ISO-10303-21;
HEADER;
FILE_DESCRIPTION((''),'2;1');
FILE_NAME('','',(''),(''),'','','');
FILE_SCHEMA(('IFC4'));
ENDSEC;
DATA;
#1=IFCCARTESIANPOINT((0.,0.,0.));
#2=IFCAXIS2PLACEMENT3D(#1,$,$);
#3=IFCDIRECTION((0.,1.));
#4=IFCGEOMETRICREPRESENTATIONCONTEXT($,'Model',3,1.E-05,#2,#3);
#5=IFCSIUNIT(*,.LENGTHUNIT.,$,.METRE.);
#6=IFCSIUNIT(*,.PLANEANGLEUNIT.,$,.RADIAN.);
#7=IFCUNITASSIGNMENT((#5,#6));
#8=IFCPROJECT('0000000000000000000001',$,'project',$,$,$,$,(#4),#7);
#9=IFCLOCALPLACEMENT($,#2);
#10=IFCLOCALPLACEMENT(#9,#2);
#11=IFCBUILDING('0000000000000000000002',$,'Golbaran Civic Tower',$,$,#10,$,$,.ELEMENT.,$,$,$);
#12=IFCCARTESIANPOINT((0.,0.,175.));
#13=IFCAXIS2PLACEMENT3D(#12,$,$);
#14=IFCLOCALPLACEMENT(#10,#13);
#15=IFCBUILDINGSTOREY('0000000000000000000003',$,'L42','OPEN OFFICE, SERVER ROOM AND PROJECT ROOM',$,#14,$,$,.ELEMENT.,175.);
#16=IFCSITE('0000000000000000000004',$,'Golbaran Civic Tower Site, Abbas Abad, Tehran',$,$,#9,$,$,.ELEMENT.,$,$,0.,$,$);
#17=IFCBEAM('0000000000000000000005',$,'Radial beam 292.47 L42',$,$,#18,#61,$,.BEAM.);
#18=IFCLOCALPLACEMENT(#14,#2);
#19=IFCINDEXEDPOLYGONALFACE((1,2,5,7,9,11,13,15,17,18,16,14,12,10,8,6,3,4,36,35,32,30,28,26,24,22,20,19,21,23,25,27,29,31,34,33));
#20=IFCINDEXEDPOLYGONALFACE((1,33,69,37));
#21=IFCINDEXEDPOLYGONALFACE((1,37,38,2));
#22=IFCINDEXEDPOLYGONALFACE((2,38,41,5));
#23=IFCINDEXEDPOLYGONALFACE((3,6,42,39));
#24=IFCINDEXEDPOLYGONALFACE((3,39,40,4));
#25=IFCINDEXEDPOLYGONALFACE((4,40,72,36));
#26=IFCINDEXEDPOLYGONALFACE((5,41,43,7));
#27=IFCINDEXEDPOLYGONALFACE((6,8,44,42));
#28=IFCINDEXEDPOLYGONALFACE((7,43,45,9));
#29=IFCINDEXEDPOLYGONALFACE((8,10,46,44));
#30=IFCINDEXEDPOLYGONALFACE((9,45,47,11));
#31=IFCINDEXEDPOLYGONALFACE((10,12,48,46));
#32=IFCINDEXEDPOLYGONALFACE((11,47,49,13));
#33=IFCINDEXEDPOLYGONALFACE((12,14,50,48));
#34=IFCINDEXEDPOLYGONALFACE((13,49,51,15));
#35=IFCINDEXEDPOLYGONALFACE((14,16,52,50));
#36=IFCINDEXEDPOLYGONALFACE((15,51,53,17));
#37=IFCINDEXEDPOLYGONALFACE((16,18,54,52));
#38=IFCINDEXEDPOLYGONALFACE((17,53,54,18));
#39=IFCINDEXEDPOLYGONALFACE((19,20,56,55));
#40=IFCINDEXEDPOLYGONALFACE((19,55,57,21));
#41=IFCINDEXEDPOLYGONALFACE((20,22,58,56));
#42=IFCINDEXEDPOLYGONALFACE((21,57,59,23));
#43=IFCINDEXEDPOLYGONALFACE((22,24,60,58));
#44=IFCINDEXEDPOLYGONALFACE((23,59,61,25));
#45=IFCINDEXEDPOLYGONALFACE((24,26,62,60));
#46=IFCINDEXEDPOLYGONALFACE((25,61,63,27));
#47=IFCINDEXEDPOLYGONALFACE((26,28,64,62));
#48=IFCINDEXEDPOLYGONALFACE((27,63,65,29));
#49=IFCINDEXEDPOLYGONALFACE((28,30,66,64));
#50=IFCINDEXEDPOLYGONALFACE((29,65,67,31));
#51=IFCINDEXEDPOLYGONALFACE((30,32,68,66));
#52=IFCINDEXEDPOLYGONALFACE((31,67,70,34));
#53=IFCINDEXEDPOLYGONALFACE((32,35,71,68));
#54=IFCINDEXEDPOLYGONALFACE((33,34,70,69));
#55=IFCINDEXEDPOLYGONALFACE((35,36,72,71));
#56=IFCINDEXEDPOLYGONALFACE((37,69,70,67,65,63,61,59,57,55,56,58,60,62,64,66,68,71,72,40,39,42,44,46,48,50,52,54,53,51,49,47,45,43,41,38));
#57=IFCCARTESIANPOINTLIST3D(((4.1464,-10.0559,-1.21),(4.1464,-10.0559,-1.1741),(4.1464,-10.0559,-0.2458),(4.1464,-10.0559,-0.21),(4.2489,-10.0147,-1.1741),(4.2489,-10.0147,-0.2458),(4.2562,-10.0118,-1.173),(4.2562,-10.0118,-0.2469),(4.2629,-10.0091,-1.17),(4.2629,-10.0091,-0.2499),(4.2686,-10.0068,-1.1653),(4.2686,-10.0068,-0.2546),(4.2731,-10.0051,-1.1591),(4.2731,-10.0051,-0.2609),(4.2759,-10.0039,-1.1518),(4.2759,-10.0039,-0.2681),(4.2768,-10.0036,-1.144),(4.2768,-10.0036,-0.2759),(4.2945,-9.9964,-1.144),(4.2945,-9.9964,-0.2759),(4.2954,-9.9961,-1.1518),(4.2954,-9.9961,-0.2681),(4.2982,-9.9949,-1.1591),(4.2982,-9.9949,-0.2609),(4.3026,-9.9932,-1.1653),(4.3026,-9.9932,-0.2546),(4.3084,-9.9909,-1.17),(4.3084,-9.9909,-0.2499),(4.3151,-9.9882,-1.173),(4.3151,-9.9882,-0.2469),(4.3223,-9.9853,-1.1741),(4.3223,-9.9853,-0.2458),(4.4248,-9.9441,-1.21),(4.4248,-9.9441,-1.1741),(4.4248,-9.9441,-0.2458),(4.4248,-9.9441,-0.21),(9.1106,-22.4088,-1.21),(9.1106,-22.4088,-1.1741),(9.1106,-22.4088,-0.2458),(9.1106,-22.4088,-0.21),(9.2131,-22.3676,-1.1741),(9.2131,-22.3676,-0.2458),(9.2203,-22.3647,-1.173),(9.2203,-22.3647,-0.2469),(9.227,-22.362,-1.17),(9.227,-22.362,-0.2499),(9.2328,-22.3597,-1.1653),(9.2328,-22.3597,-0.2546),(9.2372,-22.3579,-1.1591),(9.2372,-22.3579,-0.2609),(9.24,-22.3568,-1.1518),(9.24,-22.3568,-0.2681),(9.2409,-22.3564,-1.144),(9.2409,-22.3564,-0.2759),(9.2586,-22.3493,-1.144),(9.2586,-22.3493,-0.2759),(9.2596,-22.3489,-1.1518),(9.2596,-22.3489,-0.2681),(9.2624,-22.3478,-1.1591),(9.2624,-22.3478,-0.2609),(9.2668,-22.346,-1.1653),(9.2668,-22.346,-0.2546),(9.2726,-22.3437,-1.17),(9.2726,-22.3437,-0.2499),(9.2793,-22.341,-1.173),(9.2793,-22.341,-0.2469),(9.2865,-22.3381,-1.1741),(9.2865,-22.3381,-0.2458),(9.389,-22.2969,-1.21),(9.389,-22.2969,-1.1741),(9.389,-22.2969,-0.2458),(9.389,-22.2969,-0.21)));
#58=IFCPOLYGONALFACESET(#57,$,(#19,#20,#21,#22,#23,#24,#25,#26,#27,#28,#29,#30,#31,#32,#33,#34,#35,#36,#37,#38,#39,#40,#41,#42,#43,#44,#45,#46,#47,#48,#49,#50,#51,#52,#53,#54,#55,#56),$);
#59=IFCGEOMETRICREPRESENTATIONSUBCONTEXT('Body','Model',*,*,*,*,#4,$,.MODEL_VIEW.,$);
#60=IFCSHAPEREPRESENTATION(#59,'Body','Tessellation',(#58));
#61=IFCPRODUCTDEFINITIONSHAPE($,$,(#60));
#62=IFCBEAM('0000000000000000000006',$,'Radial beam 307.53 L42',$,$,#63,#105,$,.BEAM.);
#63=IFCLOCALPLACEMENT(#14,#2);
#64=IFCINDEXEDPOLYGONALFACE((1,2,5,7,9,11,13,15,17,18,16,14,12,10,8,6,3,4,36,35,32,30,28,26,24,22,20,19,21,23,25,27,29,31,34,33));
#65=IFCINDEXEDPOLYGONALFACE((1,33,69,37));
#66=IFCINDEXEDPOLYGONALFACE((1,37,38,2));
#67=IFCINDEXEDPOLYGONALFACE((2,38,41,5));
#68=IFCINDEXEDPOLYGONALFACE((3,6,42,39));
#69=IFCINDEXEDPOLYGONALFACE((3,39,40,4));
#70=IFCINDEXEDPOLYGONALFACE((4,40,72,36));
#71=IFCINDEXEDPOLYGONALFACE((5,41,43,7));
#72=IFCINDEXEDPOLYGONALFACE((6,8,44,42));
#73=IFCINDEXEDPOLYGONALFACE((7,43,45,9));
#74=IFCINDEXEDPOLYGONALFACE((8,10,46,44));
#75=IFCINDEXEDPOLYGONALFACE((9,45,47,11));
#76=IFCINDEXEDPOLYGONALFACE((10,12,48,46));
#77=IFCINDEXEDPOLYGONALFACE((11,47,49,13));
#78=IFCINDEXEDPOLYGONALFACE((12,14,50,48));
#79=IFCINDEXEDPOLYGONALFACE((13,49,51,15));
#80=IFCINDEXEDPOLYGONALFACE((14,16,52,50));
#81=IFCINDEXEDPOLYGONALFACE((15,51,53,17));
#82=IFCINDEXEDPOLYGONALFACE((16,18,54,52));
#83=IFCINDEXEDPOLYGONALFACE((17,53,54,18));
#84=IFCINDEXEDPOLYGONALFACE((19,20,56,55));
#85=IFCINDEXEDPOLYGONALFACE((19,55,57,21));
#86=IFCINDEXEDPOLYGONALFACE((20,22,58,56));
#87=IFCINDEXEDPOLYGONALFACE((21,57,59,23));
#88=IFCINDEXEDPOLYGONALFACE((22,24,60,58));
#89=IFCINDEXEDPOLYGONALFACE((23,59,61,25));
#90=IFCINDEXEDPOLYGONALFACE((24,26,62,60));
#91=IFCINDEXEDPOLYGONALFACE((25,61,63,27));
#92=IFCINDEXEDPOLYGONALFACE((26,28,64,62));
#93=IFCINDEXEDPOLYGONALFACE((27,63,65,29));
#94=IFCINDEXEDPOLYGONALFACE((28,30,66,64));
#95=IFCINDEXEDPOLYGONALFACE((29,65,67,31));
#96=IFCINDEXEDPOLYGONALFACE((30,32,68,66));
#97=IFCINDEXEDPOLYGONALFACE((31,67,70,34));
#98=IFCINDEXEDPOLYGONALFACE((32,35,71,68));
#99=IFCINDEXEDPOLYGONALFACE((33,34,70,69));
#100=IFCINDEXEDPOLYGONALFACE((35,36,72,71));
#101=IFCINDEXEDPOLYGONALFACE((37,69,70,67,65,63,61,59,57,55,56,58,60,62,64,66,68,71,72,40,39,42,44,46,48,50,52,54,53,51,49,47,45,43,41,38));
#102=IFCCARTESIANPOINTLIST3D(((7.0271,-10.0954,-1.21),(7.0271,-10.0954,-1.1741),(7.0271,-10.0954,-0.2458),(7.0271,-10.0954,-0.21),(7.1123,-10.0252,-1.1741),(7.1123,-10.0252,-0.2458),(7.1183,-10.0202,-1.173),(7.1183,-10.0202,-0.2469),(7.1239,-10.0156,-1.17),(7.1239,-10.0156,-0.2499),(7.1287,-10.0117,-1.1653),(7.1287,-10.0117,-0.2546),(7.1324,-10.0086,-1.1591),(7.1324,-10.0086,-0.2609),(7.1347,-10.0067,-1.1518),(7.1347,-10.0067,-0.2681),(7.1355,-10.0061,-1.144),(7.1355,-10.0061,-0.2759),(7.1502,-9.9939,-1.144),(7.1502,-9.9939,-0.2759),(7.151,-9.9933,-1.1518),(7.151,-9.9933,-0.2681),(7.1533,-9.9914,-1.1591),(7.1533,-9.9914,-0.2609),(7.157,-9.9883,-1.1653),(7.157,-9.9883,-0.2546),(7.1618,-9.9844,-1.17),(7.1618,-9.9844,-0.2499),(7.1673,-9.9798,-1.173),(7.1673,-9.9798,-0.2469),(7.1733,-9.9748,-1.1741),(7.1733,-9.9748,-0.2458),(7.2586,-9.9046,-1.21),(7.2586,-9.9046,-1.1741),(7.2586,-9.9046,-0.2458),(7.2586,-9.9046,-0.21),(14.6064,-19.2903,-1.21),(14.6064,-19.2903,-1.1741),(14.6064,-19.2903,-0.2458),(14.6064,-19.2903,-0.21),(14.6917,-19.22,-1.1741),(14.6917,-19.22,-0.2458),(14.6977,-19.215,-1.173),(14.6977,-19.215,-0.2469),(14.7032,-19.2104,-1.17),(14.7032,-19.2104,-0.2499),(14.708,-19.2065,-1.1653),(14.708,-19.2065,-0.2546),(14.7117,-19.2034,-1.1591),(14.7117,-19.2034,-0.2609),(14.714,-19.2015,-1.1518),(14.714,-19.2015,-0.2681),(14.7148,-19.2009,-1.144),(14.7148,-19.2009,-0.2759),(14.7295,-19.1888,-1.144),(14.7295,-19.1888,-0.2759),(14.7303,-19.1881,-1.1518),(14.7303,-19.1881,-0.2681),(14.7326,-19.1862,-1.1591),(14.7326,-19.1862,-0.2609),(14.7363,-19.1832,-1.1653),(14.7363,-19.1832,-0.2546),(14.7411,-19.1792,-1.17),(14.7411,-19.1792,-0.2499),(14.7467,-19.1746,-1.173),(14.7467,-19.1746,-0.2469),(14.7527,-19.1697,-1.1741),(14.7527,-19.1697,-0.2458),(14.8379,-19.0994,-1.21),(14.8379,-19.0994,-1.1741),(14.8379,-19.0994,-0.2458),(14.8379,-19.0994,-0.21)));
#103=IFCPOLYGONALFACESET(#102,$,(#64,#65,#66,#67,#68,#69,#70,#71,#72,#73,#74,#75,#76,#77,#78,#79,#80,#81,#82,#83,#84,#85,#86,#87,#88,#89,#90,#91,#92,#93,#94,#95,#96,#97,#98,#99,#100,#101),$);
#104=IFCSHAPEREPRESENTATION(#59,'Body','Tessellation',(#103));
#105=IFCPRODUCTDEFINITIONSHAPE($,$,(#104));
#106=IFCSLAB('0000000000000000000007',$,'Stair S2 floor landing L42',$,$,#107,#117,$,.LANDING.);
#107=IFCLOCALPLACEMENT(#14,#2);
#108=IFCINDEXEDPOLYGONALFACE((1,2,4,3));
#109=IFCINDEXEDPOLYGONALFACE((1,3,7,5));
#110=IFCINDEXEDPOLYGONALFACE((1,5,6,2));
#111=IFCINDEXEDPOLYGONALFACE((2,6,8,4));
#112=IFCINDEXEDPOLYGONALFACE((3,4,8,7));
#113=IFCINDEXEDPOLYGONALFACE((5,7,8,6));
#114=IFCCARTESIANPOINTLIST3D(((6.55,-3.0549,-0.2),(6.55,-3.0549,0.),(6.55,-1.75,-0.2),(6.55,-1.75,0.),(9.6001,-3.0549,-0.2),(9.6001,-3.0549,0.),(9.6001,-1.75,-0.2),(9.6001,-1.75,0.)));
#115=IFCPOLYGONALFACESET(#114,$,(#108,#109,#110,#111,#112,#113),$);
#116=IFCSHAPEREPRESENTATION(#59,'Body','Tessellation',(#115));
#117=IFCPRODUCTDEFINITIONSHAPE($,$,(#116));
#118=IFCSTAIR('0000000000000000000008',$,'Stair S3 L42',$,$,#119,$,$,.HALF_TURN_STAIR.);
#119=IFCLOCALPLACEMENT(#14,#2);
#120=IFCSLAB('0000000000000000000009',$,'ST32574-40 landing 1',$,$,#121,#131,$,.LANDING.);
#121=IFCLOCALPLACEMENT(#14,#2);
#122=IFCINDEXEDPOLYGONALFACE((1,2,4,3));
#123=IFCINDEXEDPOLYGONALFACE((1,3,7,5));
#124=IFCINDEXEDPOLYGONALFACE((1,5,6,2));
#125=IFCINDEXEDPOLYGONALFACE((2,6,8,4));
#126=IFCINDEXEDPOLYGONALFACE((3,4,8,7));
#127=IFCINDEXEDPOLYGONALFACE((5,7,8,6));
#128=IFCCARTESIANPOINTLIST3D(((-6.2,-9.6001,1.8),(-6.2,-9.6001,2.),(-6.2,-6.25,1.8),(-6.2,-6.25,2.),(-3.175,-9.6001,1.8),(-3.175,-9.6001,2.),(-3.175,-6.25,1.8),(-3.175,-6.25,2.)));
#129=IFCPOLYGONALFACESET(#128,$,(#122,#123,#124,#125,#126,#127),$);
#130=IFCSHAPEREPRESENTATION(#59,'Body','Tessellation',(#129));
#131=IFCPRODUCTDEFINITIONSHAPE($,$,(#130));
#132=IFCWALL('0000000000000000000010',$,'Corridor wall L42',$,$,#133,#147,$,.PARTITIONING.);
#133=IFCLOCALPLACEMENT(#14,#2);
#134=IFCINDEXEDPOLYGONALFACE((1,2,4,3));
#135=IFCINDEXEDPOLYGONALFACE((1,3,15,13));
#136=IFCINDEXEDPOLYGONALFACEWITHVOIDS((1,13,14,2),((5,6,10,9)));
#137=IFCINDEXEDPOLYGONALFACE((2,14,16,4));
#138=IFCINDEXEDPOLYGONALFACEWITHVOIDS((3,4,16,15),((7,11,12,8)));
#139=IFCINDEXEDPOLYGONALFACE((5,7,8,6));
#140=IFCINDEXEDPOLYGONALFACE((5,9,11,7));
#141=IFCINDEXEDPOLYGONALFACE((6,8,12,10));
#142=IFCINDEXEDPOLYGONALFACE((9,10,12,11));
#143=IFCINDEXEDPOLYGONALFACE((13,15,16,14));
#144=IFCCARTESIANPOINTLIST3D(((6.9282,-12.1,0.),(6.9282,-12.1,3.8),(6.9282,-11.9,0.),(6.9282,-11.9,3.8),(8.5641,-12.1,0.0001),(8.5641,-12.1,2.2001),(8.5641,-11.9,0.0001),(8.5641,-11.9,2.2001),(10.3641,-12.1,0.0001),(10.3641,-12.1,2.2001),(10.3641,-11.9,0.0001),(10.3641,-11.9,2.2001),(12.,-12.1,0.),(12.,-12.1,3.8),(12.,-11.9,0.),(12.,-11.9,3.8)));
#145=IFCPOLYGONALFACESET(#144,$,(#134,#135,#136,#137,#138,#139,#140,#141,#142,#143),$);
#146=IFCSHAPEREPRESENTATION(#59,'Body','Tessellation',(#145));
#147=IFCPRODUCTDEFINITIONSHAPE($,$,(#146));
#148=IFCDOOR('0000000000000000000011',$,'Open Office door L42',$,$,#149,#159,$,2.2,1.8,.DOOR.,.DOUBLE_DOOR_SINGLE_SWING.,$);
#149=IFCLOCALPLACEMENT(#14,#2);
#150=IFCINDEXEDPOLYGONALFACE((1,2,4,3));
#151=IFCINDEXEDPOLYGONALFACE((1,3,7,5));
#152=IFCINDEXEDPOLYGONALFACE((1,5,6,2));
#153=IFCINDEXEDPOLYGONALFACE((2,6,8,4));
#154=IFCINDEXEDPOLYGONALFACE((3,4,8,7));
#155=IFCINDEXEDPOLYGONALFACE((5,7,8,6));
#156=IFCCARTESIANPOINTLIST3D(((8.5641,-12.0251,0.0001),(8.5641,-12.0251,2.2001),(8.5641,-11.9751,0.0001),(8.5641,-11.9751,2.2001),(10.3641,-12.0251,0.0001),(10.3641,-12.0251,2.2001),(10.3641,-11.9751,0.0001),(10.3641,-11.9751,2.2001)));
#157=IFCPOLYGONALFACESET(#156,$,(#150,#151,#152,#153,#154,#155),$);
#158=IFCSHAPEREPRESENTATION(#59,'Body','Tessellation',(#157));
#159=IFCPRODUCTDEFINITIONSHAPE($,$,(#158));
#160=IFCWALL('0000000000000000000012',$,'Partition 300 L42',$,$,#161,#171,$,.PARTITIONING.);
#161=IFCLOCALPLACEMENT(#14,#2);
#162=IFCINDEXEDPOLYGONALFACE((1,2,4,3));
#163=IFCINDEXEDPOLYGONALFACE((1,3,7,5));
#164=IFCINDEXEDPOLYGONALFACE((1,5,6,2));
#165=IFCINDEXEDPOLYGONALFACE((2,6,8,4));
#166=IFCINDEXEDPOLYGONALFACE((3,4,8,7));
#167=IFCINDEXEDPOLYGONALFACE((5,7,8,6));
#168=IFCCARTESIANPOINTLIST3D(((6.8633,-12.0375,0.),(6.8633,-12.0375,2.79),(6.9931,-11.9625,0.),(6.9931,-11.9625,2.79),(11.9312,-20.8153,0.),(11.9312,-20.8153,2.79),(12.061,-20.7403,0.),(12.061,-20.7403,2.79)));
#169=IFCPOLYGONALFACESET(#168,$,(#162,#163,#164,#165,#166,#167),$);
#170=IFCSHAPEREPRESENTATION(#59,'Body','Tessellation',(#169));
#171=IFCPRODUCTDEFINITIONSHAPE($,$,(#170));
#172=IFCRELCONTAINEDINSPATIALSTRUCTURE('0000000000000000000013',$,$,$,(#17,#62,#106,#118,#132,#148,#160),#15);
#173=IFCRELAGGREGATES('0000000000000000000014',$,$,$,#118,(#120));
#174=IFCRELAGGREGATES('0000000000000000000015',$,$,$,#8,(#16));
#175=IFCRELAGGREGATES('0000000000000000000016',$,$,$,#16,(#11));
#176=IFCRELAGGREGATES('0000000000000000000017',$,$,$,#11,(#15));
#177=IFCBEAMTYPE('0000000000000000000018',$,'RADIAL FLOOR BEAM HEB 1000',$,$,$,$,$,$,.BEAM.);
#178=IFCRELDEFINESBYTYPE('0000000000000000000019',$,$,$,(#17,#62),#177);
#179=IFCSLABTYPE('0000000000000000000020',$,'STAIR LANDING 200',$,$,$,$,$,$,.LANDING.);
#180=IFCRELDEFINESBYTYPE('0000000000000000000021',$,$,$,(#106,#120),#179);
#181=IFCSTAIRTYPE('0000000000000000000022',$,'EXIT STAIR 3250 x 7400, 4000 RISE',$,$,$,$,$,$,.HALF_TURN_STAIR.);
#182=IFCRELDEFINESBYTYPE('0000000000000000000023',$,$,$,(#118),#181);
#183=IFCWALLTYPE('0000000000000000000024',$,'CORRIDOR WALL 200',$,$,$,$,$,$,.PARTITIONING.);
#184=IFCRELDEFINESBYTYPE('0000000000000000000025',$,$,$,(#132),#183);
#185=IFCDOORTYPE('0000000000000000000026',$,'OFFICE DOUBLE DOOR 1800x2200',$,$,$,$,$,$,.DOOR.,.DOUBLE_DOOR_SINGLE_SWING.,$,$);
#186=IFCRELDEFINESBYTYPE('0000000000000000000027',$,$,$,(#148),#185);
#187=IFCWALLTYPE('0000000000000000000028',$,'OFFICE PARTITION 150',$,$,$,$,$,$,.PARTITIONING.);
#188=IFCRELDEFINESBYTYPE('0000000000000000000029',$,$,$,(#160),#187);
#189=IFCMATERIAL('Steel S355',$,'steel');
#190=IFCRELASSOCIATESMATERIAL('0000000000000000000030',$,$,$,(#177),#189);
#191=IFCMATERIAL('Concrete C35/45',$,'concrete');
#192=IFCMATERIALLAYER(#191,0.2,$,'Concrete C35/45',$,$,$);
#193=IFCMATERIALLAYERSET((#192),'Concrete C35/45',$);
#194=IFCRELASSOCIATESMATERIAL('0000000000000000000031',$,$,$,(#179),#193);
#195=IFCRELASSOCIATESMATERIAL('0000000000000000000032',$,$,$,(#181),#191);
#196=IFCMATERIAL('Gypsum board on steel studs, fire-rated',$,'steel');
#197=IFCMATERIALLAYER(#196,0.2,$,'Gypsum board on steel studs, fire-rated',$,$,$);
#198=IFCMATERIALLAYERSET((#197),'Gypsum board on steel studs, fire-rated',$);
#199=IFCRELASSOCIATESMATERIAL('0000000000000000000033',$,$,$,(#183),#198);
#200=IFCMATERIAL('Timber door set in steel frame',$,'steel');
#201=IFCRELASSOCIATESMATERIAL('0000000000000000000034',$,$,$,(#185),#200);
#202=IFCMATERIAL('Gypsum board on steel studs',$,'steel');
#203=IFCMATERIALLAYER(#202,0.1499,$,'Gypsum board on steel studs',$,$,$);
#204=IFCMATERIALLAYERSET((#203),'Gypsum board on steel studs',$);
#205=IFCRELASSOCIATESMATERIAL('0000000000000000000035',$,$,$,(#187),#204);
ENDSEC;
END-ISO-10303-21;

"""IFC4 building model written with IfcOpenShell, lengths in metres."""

from ifc_helpers import new_model, si_unit, direction, frame, frame_2d, origin, origin_2d, place, context, subcontext, project, spatial, polyline, rectangle, i_section, outline, extrude, material, layer, layer_set, material_profile, profile_set, type_object, element, fill, aggregate, save


model = new_model("IFC4")

# Units and contexts
model_context = context("Model", 3, precision=1e-05, world=origin(), true_north=direction((0.0, 1.0)))
body_context = subcontext(model_context, "Body", "Model", "MODEL_VIEW")
ifc_project = project(units=[si_unit("LENGTHUNIT", "METRE"), si_unit("PLANEANGLEUNIT", "RADIAN")], contexts=[model_context])

# Site, building, storey
site_placement = place(None, origin())
site = spatial("IfcSite", under=ifc_project, at=site_placement, Name="Golbaran Civic Tower Site, Abbas Abad, Tehran", CompositionType="ELEMENT", RefElevation=0.0)
building_placement = place(site_placement, origin())
building = spatial("IfcBuilding", under=site, at=building_placement, Name="Golbaran Civic Tower", CompositionType="ELEMENT")
storey_placement = place(building_placement, frame((0.0, 0.0, 175.0)))
storey = spatial("IfcBuildingStorey", under=building, at=storey_placement, Name="L42", Description="OPEN OFFICE, SERVER ROOM AND PROJECT ROOM", CompositionType="ELEMENT", Elevation=175.0)

# Beams
ifc_material_1 = material(Name="Steel S355", Category="steel")
ifc_material_profile_1 = material_profile(ifc_material_1, i_section(OverallWidth=0.3, OverallDepth=1.0, WebThickness=0.019, FlangeThickness=0.0359, FilletRadius=0.03, at=origin_2d()), Name="HEB 1000")
ifc_profile_set_1 = profile_set([ifc_material_profile_1], Name="Steel S355")
beam_type_1 = type_object("IfcBeamType", Name="RADIAL FLOOR BEAM HEB 1000", PredefinedType="BEAM", material=ifc_profile_set_1)
beam_1_placement = place(storey_placement, frame((4.2856, -10.0, -0.71), z_axis=(0.372879, -0.92788, 0.0), x_axis=(0.92788, 0.372879, 0.0)))
element("IfcBeam", 1, at=beam_1_placement, inside=storey, type_object=beam_type_1, Name="Radial beam 292.47 L42", PredefinedType="BEAM", context=body_context, shape_type="SweptSolid", body=[
    extrude(i_section(OverallWidth=0.3, OverallDepth=1.0, WebThickness=0.019, FlangeThickness=0.0359, FilletRadius=0.03, at=origin_2d()), origin(), (0.0, 0.0, 1.0), 13.313),
])
beam_2_placement = place(storey_placement, frame((7.1428, -10.0, -0.71), z_axis=(0.636064, -0.771636, 0.0), x_axis=(0.771636, 0.636064, 0.0)))
element("IfcBeam", 2, at=beam_2_placement, inside=storey, type_object=beam_type_1, Name="Radial beam 307.53 L42", PredefinedType="BEAM", context=body_context, shape_type="SweptSolid", body=[
    extrude(i_section(OverallWidth=0.3, OverallDepth=1.0, WebThickness=0.019, FlangeThickness=0.0359, FilletRadius=0.03, at=origin_2d()), origin(), (0.0, 0.0, 1.0), 11.916),
])

# Slab
ifc_material_2 = material(Name="Concrete C35/45", Category="concrete")
ifc_layer_1 = layer(ifc_material_2, 0.2, Name="Concrete C35/45")
ifc_layer_set_1 = layer_set([ifc_layer_1], Name="Concrete C35/45")
slab_type = type_object("IfcSlabType", Name="STAIR LANDING 200", PredefinedType="LANDING", material=ifc_layer_set_1)
slab_1_placement = place(storey_placement, frame((0.0, 0.0, -0.2)))
element("IfcSlab", 3, at=slab_1_placement, inside=storey, type_object=slab_type, Name="Stair S2 floor landing L42", PredefinedType="LANDING", context=body_context, shape_type="SweptSolid", body=[
    extrude(outline(polyline([(9.6001, -1.75), (9.6001, -3.0549), (6.55, -3.0549), (6.55, -1.75), (9.6001, -1.75)])), origin(), (0.0, 0.0, 1.0), 0.2),
])

# Stair, slab
stair_type_1 = type_object("IfcStairType", Name="EXIT STAIR 3250 x 7400, 4000 RISE", PredefinedType="HALF_TURN_STAIR", material=ifc_material_2)
stair_1_placement = place(storey_placement, origin())
stair_1 = element("IfcStair", 4, at=stair_1_placement, inside=storey, type_object=stair_type_1, Name="Stair S3 L42", PredefinedType="HALF_TURN_STAIR")
slab_2_placement = place(storey_placement, frame((0.0, 0.0, 1.8)))
slab_2 = element("IfcSlab", 5, at=slab_2_placement, type_object=slab_type, Name="ST32574-40 landing 1", PredefinedType="LANDING", context=body_context, shape_type="SweptSolid", body=[
    extrude(outline(polyline([(-3.175, -9.6001), (-6.2, -9.6001), (-6.2, -6.25), (-3.175, -6.25), (-3.175, -9.6001)])), origin(), (0.0, 0.0, 1.0), 0.2),
])
aggregate(stair_1, [slab_2])

# Wall, opening, door
ifc_material_3 = material(Name="Gypsum board on steel studs, fire-rated", Category="steel")
ifc_layer_2 = layer(ifc_material_3, 0.2, Name="Gypsum board on steel studs, fire-rated")
ifc_layer_set_2 = layer_set([ifc_layer_2], Name="Gypsum board on steel studs, fire-rated")
wall_type_1 = type_object("IfcWallType", Name="CORRIDOR WALL 200", PredefinedType="PARTITIONING", material=ifc_layer_set_2)
wall_1_placement = place(storey_placement, frame((6.9282, -12.0, 0.0), z_axis=(0.0, 0.0, 1.0), x_axis=(1.0, 0.0, 0.0)))
wall_1 = element("IfcWall", 6, at=wall_1_placement, inside=storey, type_object=wall_type_1, Name="Corridor wall L42", PredefinedType="PARTITIONING", context=body_context, shape_type="SweptSolid", body=[
    extrude(rectangle(XDim=5.0718, YDim=0.2, at=frame_2d((2.5359, 0.0))), origin(), (0.0, 0.0, 1.0), 3.8),
])
opening_1_placement = place(wall_1_placement, frame((1.636, 0.0, 0.0)))
opening_1 = element("IfcOpeningElement", 7, at=opening_1_placement, cuts=wall_1, PredefinedType="OPENING", context=body_context, shape_type="SweptSolid", body=[
    extrude(rectangle(XDim=1.8, YDim=2.2, at=frame_2d((0.8999, 1.1001))), frame((0.0, 0.1099, 0.0), z_axis=(0.0, -1.0, 0.0), x_axis=(1.0, 0.0, 0.0)), (0.0, 0.0, 1.0), 0.22),
])
ifc_material_4 = material(Name="Timber door set in steel frame", Category="steel")
door_type_1 = type_object("IfcDoorType", Name="OFFICE DOUBLE DOOR 1800x2200", OperationType="DOUBLE_DOOR_SINGLE_SWING", PredefinedType="DOOR", material=ifc_material_4)
door_1_placement = place(opening_1_placement, origin())
door_1 = element("IfcDoor", 8, at=door_1_placement, inside=storey, type_object=door_type_1, Name="Open Office door L42", OperationType="DOUBLE_DOOR_SINGLE_SWING", OverallHeight=2.2, OverallWidth=1.8, PredefinedType="DOOR", context=body_context, shape_type="SweptSolid", body=[
    extrude(rectangle(XDim=1.8, YDim=2.2, at=frame_2d((0.8999, 1.1001))), frame((0.0, 0.0249, 0.0), z_axis=(0.0, -1.0, 0.0), x_axis=(1.0, 0.0, 0.0)), (0.0, 0.0, 1.0), 0.05),
])
fill(opening_1, door_1)

# Wall
ifc_material_5 = material(Name="Gypsum board on steel studs", Category="steel")
ifc_layer_3 = layer(ifc_material_5, 0.1499, Name="Gypsum board on steel studs")
ifc_layer_set_3 = layer_set([ifc_layer_3], Name="Gypsum board on steel studs")
wall_type_2 = type_object("IfcWallType", Name="OFFICE PARTITION 150", PredefinedType="PARTITIONING", material=ifc_layer_set_3)
wall_2_placement = place(storey_placement, frame((6.9282, -12.0, 0.0), z_axis=(0.0, 0.0, 1.0), x_axis=(0.499999, -0.866026, 0.0)))
element("IfcWall", 9, at=wall_2_placement, inside=storey, type_object=wall_type_2, Name="Partition 300 L42", PredefinedType="PARTITIONING", context=body_context, shape_type="SweptSolid", body=[
    extrude(rectangle(XDim=10.1357, YDim=0.1499, at=frame_2d((5.0679, 0.0))), origin(), (0.0, 0.0, 1.0), 2.79),
])

save(model, "model.ifc")
